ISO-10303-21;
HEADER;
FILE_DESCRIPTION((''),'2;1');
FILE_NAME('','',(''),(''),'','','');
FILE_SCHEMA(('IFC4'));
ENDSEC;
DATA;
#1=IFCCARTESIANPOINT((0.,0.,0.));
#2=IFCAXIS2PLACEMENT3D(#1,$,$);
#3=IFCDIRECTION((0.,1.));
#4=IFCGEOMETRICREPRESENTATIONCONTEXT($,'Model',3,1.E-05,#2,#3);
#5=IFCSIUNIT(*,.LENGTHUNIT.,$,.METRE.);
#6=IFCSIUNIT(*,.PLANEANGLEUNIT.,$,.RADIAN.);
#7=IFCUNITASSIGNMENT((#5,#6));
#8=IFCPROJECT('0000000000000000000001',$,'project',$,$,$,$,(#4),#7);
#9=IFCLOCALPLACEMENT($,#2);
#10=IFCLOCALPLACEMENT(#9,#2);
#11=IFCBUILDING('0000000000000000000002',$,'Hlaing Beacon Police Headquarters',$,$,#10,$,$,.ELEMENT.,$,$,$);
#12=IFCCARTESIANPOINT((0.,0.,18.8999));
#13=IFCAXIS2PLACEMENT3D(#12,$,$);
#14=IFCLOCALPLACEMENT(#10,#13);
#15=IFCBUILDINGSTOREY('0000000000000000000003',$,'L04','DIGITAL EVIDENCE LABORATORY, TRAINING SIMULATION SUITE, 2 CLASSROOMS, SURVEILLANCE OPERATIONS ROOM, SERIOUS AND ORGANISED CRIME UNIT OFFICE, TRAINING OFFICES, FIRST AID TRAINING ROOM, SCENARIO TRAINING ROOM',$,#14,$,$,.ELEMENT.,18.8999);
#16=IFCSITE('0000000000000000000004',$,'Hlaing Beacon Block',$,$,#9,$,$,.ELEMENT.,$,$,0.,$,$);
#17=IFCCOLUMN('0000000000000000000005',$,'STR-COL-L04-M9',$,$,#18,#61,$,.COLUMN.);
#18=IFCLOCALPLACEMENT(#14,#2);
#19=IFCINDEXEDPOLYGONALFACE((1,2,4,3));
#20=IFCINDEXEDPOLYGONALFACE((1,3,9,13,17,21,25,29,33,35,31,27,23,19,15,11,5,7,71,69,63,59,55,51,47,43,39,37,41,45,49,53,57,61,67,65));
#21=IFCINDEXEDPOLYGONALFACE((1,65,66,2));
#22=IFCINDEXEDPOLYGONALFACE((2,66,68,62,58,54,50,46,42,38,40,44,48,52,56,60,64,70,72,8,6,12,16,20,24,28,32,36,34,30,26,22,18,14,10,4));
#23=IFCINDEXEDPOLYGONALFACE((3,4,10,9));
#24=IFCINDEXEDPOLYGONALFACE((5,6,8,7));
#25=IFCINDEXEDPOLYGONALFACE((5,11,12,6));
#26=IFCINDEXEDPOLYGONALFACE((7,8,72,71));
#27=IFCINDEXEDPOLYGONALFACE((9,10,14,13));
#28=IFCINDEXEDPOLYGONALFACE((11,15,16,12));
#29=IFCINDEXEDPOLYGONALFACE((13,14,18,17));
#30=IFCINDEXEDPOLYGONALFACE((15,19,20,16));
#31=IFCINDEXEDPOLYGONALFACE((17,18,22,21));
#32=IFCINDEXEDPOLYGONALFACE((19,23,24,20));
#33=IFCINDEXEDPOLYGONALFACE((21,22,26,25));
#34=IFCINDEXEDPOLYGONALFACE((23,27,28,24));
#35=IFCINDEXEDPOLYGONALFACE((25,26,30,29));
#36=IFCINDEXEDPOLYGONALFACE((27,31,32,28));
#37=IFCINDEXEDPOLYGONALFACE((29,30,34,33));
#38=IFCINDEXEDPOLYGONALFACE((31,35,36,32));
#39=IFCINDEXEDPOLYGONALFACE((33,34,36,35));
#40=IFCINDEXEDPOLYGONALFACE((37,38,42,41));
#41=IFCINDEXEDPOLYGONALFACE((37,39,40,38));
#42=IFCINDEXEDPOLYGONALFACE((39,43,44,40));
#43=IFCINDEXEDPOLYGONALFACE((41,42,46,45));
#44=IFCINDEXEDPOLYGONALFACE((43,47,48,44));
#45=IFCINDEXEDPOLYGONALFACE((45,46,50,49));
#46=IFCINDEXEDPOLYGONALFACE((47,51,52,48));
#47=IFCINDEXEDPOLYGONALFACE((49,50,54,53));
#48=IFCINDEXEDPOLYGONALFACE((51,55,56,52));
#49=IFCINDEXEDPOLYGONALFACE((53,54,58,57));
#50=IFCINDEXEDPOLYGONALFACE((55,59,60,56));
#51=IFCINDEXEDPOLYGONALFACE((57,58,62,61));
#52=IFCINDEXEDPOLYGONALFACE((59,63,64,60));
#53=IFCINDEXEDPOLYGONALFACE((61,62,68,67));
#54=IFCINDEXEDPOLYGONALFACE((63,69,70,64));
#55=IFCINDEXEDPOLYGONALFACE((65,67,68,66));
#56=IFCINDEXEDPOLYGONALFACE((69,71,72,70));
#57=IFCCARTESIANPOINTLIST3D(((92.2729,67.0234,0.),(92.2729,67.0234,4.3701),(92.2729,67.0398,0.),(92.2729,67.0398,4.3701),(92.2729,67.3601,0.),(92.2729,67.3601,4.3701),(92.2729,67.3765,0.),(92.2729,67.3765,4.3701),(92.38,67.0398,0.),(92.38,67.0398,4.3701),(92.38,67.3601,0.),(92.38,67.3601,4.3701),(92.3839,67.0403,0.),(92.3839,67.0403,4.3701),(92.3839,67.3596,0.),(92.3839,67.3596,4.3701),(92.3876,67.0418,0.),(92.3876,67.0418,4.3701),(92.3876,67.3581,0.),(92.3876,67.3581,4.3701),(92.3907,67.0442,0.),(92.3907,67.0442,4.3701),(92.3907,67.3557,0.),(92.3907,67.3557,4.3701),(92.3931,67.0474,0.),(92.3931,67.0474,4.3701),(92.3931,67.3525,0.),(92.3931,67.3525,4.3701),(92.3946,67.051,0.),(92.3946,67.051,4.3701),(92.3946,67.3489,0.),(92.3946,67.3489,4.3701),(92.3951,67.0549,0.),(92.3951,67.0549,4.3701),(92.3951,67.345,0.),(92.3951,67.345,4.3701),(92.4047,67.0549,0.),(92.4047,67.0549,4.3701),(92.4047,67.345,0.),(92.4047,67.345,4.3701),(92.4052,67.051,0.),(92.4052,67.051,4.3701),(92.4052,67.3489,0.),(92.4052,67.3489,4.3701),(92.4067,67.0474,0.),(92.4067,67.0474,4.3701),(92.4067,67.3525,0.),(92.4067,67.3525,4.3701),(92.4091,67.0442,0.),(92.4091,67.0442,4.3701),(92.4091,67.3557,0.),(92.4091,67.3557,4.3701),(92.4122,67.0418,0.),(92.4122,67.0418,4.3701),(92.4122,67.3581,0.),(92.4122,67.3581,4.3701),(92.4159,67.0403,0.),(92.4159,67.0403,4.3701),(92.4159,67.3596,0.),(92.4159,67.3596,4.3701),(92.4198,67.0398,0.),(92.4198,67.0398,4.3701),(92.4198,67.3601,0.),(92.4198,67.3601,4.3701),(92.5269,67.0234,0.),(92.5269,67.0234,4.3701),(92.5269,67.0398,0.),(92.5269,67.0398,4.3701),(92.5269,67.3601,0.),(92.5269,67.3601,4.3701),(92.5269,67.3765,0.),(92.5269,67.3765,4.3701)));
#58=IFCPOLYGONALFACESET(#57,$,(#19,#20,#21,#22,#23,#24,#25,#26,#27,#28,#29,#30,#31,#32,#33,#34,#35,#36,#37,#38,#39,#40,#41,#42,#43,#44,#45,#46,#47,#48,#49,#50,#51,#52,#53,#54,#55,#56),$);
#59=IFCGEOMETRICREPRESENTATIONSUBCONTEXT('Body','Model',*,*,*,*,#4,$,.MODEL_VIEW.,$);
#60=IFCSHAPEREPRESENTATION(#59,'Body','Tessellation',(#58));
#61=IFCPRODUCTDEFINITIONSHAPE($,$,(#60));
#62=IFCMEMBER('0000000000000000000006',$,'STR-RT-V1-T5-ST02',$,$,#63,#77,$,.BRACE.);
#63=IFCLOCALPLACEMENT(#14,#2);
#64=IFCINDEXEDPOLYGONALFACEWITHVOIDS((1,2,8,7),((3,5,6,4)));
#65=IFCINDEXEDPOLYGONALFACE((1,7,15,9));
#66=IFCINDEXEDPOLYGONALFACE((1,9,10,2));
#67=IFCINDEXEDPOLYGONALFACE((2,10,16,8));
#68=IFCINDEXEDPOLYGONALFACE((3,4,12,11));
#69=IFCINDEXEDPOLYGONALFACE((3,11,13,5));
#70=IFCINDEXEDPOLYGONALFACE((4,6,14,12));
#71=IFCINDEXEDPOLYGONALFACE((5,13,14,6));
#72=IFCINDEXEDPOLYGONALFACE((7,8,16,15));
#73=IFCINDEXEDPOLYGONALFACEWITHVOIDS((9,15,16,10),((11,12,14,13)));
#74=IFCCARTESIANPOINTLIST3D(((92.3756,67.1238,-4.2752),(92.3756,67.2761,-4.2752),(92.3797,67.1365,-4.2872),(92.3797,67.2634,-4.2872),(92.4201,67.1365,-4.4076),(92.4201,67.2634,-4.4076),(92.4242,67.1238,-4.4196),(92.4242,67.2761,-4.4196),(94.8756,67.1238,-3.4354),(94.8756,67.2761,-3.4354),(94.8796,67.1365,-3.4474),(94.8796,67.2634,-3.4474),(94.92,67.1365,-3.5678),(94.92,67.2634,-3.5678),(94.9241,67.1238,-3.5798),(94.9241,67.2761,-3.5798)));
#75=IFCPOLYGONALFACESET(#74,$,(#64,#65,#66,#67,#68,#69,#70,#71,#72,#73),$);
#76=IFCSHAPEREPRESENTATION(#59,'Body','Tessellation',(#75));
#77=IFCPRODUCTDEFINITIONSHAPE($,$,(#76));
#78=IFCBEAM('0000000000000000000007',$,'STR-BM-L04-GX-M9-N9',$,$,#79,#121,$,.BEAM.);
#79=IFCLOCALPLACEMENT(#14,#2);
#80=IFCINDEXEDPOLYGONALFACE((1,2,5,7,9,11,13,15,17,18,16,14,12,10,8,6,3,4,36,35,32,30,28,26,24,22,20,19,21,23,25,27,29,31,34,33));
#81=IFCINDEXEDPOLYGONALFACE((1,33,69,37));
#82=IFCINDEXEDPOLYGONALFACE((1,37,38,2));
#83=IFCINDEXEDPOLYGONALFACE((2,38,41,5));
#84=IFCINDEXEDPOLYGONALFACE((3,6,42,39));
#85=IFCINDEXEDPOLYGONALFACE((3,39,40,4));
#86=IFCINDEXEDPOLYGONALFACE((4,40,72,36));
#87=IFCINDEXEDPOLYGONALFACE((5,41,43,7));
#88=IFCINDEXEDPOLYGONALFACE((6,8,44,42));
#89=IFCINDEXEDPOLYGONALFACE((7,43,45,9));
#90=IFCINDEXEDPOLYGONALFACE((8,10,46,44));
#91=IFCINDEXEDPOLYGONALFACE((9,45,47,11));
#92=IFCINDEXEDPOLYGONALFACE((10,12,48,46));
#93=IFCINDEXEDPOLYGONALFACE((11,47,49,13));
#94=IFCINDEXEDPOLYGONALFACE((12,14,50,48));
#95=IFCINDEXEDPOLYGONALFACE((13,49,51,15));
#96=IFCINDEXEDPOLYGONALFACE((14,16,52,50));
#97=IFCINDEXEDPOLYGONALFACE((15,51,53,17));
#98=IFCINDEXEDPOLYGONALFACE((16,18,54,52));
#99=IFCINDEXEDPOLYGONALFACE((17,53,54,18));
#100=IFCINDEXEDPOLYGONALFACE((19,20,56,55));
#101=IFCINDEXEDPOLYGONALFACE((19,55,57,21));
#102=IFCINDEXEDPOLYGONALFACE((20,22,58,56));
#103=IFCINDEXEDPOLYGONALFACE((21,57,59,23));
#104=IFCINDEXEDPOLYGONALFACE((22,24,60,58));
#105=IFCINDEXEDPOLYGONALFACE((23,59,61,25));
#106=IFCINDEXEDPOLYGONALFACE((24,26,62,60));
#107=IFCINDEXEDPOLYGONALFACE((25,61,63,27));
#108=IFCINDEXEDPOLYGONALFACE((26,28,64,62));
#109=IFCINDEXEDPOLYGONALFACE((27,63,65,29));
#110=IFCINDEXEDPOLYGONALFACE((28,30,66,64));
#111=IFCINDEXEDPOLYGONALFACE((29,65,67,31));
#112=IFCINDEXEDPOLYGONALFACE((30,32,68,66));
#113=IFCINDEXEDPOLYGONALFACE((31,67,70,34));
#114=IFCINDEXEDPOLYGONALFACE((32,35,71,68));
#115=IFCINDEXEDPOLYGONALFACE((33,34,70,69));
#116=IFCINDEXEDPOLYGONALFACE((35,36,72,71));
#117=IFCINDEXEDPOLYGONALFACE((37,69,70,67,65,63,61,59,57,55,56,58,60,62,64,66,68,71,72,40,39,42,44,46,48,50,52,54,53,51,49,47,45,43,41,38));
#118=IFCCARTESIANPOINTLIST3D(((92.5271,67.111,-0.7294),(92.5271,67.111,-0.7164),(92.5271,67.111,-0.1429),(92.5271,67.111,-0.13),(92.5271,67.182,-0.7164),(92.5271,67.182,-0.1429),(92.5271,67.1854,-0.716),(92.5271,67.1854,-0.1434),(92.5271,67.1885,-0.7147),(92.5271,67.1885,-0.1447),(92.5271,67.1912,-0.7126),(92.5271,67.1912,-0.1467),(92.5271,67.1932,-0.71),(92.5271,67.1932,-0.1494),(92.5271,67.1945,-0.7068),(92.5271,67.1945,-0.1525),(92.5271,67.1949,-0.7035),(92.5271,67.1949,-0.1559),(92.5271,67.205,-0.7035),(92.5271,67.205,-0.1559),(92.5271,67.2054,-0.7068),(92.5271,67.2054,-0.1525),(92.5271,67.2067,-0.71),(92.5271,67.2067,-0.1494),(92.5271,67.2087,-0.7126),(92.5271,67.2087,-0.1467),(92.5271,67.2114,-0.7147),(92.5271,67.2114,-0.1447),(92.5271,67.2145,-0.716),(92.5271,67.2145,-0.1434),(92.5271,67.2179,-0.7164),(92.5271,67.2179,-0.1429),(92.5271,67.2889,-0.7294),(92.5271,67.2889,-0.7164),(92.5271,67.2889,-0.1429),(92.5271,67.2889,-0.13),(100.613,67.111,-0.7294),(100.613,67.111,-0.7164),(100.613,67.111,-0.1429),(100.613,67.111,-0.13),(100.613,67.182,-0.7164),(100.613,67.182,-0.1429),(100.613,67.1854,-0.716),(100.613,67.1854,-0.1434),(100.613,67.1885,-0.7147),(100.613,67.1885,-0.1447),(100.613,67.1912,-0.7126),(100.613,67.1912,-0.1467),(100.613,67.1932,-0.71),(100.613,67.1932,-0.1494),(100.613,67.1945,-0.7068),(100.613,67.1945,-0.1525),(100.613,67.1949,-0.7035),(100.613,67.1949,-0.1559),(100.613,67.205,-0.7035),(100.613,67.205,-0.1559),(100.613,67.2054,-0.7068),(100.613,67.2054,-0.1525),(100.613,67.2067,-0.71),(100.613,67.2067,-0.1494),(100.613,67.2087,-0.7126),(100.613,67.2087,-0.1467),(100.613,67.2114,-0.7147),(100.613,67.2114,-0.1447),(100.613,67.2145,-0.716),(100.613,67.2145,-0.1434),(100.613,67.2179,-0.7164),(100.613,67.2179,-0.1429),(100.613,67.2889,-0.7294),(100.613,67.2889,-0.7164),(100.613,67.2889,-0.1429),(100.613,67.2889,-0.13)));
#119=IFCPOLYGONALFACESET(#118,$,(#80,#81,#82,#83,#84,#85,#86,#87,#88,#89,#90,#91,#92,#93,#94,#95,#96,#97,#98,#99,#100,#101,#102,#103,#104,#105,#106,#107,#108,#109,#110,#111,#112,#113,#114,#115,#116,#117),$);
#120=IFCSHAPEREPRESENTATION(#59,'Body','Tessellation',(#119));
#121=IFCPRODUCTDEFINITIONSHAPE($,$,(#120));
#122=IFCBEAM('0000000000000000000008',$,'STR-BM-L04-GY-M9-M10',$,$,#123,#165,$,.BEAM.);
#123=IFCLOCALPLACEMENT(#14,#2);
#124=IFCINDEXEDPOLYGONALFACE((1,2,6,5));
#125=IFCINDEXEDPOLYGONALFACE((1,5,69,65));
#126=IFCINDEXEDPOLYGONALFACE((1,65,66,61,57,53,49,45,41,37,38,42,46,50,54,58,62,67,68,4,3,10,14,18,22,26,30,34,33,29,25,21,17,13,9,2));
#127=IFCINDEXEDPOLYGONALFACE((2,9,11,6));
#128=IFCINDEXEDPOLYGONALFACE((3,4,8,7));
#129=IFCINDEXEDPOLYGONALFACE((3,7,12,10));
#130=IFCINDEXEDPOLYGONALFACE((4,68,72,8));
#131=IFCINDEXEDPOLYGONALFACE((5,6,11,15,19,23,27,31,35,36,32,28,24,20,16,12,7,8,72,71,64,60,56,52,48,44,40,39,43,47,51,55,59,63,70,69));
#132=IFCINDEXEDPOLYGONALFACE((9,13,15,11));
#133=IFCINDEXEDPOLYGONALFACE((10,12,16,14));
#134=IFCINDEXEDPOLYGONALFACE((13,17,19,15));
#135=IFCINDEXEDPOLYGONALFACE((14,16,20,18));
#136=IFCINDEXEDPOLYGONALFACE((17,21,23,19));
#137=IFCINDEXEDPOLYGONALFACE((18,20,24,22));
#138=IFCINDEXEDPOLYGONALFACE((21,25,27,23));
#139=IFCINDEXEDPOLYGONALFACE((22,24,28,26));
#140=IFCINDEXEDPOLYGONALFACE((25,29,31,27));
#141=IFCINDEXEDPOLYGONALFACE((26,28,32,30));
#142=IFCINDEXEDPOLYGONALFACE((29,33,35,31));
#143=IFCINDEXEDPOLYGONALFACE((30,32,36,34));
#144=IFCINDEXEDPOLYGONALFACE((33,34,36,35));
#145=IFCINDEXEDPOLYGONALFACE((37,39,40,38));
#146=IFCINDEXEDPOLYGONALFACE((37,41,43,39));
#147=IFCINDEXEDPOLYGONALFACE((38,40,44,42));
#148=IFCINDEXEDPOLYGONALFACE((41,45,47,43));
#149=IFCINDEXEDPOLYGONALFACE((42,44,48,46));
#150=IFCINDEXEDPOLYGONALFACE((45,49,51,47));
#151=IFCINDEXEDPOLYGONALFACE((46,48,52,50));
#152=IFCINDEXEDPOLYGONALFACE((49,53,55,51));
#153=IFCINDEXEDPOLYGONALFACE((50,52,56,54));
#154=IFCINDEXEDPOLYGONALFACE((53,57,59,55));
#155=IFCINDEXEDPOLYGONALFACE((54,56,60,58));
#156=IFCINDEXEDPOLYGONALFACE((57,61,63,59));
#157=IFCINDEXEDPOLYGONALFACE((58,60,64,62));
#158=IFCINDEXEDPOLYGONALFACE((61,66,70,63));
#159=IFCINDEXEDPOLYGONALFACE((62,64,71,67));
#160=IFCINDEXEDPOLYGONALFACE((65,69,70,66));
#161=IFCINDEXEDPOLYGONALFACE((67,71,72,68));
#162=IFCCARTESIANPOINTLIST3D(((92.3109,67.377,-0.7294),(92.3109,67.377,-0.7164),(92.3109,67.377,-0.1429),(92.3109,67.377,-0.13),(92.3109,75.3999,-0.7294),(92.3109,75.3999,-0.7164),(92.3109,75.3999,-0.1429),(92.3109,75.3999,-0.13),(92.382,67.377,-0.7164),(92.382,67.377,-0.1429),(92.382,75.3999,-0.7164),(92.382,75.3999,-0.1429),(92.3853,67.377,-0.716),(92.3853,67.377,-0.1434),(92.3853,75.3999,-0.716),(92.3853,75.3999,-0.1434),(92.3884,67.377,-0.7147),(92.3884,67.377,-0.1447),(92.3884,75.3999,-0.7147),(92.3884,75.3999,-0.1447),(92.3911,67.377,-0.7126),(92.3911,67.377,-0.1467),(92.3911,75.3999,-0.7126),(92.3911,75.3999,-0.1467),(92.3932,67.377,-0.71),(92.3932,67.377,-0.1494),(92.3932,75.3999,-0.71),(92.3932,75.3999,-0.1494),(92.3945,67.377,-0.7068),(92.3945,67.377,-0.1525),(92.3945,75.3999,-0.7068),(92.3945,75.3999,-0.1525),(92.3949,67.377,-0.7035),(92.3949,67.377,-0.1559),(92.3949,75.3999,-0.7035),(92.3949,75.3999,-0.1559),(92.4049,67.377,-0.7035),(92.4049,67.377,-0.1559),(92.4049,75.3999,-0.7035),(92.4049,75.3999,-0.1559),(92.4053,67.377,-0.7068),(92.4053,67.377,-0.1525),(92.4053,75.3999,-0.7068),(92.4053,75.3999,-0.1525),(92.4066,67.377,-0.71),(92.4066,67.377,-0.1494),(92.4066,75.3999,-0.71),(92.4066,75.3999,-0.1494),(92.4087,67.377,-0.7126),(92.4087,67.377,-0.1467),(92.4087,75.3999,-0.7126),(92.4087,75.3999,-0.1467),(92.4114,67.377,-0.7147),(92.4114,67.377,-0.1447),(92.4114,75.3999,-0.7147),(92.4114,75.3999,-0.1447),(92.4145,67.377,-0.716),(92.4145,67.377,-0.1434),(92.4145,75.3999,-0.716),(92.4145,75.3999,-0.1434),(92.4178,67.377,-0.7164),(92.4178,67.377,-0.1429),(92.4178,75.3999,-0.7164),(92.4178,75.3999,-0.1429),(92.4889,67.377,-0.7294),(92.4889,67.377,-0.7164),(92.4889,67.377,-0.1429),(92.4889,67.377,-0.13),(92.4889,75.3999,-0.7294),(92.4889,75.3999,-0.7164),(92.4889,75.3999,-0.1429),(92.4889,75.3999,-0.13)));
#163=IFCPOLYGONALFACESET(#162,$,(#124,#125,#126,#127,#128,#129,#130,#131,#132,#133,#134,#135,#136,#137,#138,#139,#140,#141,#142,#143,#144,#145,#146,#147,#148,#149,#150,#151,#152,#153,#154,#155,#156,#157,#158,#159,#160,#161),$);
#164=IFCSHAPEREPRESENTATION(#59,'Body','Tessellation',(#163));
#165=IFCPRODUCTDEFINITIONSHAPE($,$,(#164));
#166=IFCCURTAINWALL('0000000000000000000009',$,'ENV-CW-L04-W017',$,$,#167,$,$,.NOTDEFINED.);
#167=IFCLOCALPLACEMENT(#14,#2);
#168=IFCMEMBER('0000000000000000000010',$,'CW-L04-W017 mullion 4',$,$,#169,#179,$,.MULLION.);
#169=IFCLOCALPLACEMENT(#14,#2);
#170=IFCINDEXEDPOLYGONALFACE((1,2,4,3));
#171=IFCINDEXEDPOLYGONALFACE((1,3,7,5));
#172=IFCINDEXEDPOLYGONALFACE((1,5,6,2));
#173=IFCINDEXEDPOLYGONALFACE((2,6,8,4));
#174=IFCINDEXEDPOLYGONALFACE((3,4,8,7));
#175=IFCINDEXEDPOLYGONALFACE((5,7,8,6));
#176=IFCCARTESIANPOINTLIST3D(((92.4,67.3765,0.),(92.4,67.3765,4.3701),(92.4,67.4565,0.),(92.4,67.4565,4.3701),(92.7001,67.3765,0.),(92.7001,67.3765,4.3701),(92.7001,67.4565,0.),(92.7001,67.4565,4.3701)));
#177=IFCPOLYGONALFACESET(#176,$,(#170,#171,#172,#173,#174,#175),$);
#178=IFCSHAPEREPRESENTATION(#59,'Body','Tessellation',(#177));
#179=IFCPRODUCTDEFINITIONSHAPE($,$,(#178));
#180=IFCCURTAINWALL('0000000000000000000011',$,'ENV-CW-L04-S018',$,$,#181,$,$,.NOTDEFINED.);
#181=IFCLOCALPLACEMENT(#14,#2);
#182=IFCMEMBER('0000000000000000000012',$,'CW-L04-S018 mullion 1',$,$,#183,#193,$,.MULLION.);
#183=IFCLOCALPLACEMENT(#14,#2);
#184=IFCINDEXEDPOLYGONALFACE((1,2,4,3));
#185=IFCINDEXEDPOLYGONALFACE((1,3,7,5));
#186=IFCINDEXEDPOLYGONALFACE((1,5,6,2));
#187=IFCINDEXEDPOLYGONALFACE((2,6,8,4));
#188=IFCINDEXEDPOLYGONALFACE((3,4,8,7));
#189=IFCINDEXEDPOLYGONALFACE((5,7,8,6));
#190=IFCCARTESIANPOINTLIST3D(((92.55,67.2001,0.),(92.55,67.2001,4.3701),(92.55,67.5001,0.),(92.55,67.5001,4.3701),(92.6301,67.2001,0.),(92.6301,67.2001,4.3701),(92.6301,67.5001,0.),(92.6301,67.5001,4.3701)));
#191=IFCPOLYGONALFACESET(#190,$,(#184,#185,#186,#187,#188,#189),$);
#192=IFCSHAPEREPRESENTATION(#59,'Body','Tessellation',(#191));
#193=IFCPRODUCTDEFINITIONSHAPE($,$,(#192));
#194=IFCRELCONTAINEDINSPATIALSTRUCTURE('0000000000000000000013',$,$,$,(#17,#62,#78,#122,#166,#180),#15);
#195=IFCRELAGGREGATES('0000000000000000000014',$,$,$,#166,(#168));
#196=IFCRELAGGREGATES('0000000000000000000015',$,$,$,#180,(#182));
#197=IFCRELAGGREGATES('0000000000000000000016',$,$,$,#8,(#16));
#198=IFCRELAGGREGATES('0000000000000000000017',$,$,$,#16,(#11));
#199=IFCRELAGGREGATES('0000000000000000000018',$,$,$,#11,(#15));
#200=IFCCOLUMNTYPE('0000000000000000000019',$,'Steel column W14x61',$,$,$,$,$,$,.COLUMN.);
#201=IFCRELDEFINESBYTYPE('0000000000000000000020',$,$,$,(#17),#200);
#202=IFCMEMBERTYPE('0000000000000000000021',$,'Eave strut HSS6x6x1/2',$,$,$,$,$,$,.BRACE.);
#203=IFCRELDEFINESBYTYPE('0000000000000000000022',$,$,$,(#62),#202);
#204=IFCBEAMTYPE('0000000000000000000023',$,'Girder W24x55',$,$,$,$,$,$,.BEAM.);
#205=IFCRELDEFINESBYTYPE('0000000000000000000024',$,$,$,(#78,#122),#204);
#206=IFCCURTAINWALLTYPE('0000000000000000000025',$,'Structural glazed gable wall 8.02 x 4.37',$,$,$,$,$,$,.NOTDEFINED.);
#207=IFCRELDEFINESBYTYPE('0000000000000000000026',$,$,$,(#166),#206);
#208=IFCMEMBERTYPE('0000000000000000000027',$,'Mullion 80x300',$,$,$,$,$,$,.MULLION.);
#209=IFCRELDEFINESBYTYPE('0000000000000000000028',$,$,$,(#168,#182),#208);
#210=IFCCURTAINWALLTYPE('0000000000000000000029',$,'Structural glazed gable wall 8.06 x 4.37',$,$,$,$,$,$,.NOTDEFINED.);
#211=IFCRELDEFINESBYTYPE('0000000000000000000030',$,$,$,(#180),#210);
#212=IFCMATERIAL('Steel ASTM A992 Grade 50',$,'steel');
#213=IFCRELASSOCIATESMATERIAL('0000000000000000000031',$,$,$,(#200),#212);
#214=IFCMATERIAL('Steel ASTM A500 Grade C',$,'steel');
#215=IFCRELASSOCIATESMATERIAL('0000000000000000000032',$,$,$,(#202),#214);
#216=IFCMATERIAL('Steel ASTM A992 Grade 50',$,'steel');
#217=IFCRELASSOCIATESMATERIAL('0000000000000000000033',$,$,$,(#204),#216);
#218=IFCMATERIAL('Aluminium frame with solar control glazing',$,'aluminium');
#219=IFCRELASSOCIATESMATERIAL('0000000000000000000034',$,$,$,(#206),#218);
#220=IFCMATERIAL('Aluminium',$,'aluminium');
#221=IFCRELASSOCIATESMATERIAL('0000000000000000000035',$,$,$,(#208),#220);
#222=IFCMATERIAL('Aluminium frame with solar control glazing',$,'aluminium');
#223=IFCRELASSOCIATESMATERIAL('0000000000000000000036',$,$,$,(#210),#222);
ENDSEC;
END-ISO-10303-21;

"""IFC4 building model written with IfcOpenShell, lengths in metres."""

from ifc_helpers import new_model, si_unit, direction, frame, origin, origin_2d, place, context, subcontext, project, spatial, rectangle, hollow_rectangle, i_section, extrude, material, material_profile, profile_set, type_object, element, aggregate, save


model = new_model("IFC4")

# Units and contexts
model_context = context("Model", 3, precision=1e-05, world=origin(), true_north=direction((0.0, 1.0)))
body_context = subcontext(model_context, "Body", "Model", "MODEL_VIEW")
ifc_project = project(units=[si_unit("LENGTHUNIT", "METRE"), si_unit("PLANEANGLEUNIT", "RADIAN")], contexts=[model_context])

# Site, building, storey
site_placement = place(None, origin())
site = spatial("IfcSite", under=ifc_project, at=site_placement, Name="Hlaing Beacon Block", CompositionType="ELEMENT", RefElevation=0.0)
building_placement = place(site_placement, origin())
building = spatial("IfcBuilding", under=site, at=building_placement, Name="Hlaing Beacon Police Headquarters", CompositionType="ELEMENT")
storey_placement = place(building_placement, frame((0.0, 0.0, 18.8999)))
storey = spatial("IfcBuildingStorey", under=building, at=storey_placement, Name="L04", Description="DIGITAL EVIDENCE LABORATORY, TRAINING SIMULATION SUITE, 2 CLASSROOMS, SURVEILLANCE OPERATIONS ROOM, SERIOUS AND ORGANISED CRIME UNIT OFFICE, TRAINING OFFICES, FIRST AID TRAINING ROOM, SCENARIO TRAINING ROOM", CompositionType="ELEMENT", Elevation=18.8999)

# Column
ifc_material_1 = material(Name="Steel ASTM A992 Grade 50", Category="steel")
ifc_material_profile_1 = material_profile(ifc_material_1, i_section(OverallWidth=0.2539, OverallDepth=0.353, WebThickness=0.0095, FlangeThickness=0.0164, FilletRadius=0.0151, at=origin_2d()), Name="W14x61")
ifc_profile_set_1 = profile_set([ifc_material_profile_1], Name="Steel ASTM A992 Grade 50")
column_type = type_object("IfcColumnType", Name="Steel column W14x61", PredefinedType="COLUMN", material=ifc_profile_set_1)
column_placement = place(storey_placement, frame((92.3999, 67.2, 0.0), z_axis=(0.0, 0.0, 1.0), x_axis=(1.0, 0.0, 0.0)))
element("IfcColumn", 1, at=column_placement, inside=storey, type_object=column_type, Name="STR-COL-L04-M9", PredefinedType="COLUMN", context=body_context, shape_type="SweptSolid", body=[
    extrude(i_section(OverallWidth=0.2539, OverallDepth=0.353, WebThickness=0.0095, FlangeThickness=0.0164, FilletRadius=0.0151, at=origin_2d()), origin(), (0.0, 0.0, 1.0), 4.3701),
])

# Member
ifc_material_2 = material(Name="Steel ASTM A500 Grade C", Category="steel")
ifc_material_profile_2 = material_profile(ifc_material_2, hollow_rectangle(XDim=0.1523, YDim=0.1523, WallThickness=0.0127, at=origin_2d()), Name="HSS6x6x1/2")
ifc_profile_set_2 = profile_set([ifc_material_profile_2], Name="Steel ASTM A500 Grade C")
member_type_1 = type_object("IfcMemberType", Name="Eave strut HSS6x6x1/2", PredefinedType="BRACE", material=ifc_profile_set_2)
member_1_placement = place(storey_placement, frame((92.3999, 67.2, -4.3474), z_axis=(0.94794, 0.0, 0.318449), x_axis=(0.0, 1.0, 0.0)))
element("IfcMember", 2, at=member_1_placement, inside=storey, type_object=member_type_1, Name="STR-RT-V1-T5-ST02", PredefinedType="BRACE", context=body_context, shape_type="SweptSolid", body=[
    extrude(hollow_rectangle(XDim=0.1523, YDim=0.1523, WallThickness=0.0127, at=origin_2d()), origin(), (0.0, 0.0, 1.0), 2.6372),
])

# Beams
ifc_material_3 = material(Name="Steel ASTM A992 Grade 50", Category="steel")
ifc_material_profile_3 = material_profile(ifc_material_3, i_section(OverallWidth=0.178, OverallDepth=0.5994, WebThickness=0.01, FlangeThickness=0.0129, FilletRadius=0.0129, at=origin_2d()), Name="W24x55")
ifc_profile_set_3 = profile_set([ifc_material_profile_3], Name="Steel ASTM A992 Grade 50")
beam_type_1 = type_object("IfcBeamType", Name="Girder W24x55", PredefinedType="BEAM", material=ifc_profile_set_3)
beam_1_placement = place(storey_placement, frame((92.5271, 67.2, -0.4297), z_axis=(1.0, 0.0, 0.0), x_axis=(0.0, 1.0, 0.0)))
element("IfcBeam", 3, at=beam_1_placement, inside=storey, type_object=beam_type_1, Name="STR-BM-L04-GX-M9-N9", PredefinedType="BEAM", context=body_context, shape_type="SweptSolid", body=[
    extrude(i_section(OverallWidth=0.178, OverallDepth=0.5994, WebThickness=0.01, FlangeThickness=0.0129, FilletRadius=0.0129, at=origin_2d()), origin(), (0.0, 0.0, 1.0), 8.0859),
])
beam_2_placement = place(storey_placement, frame((92.3999, 67.377, -0.4297), z_axis=(0.0, 1.0, 0.0), x_axis=(-1.0, 0.0, 0.0)))
element("IfcBeam", 4, at=beam_2_placement, inside=storey, type_object=beam_type_1, Name="STR-BM-L04-GY-M9-M10", PredefinedType="BEAM", context=body_context, shape_type="SweptSolid", body=[
    extrude(i_section(OverallWidth=0.178, OverallDepth=0.5994, WebThickness=0.01, FlangeThickness=0.0129, FilletRadius=0.0129, at=origin_2d()), origin(), (0.0, 0.0, 1.0), 8.0229),
])

# Curtain wall, member
ifc_material_4 = material(Name="Aluminium frame with solar control glazing", Category="aluminium")
curtain_wall_type_1 = type_object("IfcCurtainWallType", Name="Structural glazed gable wall 8.02 x 4.37", PredefinedType="NOTDEFINED", material=ifc_material_4)
curtain_wall_1_placement = place(storey_placement, origin())
curtain_wall_1 = element("IfcCurtainWall", 5, at=curtain_wall_1_placement, inside=storey, type_object=curtain_wall_type_1, Name="ENV-CW-L04-W017", PredefinedType="NOTDEFINED")
ifc_material_5 = material(Name="Aluminium", Category="aluminium")
ifc_material_profile_4 = material_profile(ifc_material_5, rectangle(XDim=0.3, YDim=0.0801, at=origin_2d()), Name="Mullion 80x300")
ifc_profile_set_4 = profile_set([ifc_material_profile_4], Name="Aluminium")
member_type_2 = type_object("IfcMemberType", Name="Mullion 80x300", PredefinedType="MULLION", material=ifc_profile_set_4)
member_2_placement = place(storey_placement, frame((92.55, 67.4165, 0.0), z_axis=(0.0, 0.0, 1.0), x_axis=(1.0, 0.0, 0.0)))
member_2 = element("IfcMember", 6, at=member_2_placement, type_object=member_type_2, Name="CW-L04-W017 mullion 4", PredefinedType="MULLION", context=body_context, shape_type="SweptSolid", body=[
    extrude(rectangle(XDim=0.3, YDim=0.0801, at=origin_2d()), origin(), (0.0, 0.0, 1.0), 4.3701),
])

# Curtain wall, member
ifc_material_6 = material(Name="Aluminium frame with solar control glazing", Category="aluminium")
curtain_wall_type_2 = type_object("IfcCurtainWallType", Name="Structural glazed gable wall 8.06 x 4.37", PredefinedType="NOTDEFINED", material=ifc_material_6)
curtain_wall_2_placement = place(storey_placement, origin())
curtain_wall_2 = element("IfcCurtainWall", 7, at=curtain_wall_2_placement, inside=storey, type_object=curtain_wall_type_2, Name="ENV-CW-L04-S018", PredefinedType="NOTDEFINED")
member_3_placement = place(storey_placement, frame((92.5901, 67.3501, 0.0), z_axis=(0.0, 0.0, 1.0), x_axis=(0.0, 1.0, 0.0)))
member_3 = element("IfcMember", 8, at=member_3_placement, type_object=member_type_2, Name="CW-L04-S018 mullion 1", PredefinedType="MULLION", context=body_context, shape_type="SweptSolid", body=[
    extrude(rectangle(XDim=0.3, YDim=0.0801, at=origin_2d()), origin(), (0.0, 0.0, 1.0), 4.3701),
])

aggregate(curtain_wall_1, [member_2])
aggregate(curtain_wall_2, [member_3])

save(model, "model.ifc")
